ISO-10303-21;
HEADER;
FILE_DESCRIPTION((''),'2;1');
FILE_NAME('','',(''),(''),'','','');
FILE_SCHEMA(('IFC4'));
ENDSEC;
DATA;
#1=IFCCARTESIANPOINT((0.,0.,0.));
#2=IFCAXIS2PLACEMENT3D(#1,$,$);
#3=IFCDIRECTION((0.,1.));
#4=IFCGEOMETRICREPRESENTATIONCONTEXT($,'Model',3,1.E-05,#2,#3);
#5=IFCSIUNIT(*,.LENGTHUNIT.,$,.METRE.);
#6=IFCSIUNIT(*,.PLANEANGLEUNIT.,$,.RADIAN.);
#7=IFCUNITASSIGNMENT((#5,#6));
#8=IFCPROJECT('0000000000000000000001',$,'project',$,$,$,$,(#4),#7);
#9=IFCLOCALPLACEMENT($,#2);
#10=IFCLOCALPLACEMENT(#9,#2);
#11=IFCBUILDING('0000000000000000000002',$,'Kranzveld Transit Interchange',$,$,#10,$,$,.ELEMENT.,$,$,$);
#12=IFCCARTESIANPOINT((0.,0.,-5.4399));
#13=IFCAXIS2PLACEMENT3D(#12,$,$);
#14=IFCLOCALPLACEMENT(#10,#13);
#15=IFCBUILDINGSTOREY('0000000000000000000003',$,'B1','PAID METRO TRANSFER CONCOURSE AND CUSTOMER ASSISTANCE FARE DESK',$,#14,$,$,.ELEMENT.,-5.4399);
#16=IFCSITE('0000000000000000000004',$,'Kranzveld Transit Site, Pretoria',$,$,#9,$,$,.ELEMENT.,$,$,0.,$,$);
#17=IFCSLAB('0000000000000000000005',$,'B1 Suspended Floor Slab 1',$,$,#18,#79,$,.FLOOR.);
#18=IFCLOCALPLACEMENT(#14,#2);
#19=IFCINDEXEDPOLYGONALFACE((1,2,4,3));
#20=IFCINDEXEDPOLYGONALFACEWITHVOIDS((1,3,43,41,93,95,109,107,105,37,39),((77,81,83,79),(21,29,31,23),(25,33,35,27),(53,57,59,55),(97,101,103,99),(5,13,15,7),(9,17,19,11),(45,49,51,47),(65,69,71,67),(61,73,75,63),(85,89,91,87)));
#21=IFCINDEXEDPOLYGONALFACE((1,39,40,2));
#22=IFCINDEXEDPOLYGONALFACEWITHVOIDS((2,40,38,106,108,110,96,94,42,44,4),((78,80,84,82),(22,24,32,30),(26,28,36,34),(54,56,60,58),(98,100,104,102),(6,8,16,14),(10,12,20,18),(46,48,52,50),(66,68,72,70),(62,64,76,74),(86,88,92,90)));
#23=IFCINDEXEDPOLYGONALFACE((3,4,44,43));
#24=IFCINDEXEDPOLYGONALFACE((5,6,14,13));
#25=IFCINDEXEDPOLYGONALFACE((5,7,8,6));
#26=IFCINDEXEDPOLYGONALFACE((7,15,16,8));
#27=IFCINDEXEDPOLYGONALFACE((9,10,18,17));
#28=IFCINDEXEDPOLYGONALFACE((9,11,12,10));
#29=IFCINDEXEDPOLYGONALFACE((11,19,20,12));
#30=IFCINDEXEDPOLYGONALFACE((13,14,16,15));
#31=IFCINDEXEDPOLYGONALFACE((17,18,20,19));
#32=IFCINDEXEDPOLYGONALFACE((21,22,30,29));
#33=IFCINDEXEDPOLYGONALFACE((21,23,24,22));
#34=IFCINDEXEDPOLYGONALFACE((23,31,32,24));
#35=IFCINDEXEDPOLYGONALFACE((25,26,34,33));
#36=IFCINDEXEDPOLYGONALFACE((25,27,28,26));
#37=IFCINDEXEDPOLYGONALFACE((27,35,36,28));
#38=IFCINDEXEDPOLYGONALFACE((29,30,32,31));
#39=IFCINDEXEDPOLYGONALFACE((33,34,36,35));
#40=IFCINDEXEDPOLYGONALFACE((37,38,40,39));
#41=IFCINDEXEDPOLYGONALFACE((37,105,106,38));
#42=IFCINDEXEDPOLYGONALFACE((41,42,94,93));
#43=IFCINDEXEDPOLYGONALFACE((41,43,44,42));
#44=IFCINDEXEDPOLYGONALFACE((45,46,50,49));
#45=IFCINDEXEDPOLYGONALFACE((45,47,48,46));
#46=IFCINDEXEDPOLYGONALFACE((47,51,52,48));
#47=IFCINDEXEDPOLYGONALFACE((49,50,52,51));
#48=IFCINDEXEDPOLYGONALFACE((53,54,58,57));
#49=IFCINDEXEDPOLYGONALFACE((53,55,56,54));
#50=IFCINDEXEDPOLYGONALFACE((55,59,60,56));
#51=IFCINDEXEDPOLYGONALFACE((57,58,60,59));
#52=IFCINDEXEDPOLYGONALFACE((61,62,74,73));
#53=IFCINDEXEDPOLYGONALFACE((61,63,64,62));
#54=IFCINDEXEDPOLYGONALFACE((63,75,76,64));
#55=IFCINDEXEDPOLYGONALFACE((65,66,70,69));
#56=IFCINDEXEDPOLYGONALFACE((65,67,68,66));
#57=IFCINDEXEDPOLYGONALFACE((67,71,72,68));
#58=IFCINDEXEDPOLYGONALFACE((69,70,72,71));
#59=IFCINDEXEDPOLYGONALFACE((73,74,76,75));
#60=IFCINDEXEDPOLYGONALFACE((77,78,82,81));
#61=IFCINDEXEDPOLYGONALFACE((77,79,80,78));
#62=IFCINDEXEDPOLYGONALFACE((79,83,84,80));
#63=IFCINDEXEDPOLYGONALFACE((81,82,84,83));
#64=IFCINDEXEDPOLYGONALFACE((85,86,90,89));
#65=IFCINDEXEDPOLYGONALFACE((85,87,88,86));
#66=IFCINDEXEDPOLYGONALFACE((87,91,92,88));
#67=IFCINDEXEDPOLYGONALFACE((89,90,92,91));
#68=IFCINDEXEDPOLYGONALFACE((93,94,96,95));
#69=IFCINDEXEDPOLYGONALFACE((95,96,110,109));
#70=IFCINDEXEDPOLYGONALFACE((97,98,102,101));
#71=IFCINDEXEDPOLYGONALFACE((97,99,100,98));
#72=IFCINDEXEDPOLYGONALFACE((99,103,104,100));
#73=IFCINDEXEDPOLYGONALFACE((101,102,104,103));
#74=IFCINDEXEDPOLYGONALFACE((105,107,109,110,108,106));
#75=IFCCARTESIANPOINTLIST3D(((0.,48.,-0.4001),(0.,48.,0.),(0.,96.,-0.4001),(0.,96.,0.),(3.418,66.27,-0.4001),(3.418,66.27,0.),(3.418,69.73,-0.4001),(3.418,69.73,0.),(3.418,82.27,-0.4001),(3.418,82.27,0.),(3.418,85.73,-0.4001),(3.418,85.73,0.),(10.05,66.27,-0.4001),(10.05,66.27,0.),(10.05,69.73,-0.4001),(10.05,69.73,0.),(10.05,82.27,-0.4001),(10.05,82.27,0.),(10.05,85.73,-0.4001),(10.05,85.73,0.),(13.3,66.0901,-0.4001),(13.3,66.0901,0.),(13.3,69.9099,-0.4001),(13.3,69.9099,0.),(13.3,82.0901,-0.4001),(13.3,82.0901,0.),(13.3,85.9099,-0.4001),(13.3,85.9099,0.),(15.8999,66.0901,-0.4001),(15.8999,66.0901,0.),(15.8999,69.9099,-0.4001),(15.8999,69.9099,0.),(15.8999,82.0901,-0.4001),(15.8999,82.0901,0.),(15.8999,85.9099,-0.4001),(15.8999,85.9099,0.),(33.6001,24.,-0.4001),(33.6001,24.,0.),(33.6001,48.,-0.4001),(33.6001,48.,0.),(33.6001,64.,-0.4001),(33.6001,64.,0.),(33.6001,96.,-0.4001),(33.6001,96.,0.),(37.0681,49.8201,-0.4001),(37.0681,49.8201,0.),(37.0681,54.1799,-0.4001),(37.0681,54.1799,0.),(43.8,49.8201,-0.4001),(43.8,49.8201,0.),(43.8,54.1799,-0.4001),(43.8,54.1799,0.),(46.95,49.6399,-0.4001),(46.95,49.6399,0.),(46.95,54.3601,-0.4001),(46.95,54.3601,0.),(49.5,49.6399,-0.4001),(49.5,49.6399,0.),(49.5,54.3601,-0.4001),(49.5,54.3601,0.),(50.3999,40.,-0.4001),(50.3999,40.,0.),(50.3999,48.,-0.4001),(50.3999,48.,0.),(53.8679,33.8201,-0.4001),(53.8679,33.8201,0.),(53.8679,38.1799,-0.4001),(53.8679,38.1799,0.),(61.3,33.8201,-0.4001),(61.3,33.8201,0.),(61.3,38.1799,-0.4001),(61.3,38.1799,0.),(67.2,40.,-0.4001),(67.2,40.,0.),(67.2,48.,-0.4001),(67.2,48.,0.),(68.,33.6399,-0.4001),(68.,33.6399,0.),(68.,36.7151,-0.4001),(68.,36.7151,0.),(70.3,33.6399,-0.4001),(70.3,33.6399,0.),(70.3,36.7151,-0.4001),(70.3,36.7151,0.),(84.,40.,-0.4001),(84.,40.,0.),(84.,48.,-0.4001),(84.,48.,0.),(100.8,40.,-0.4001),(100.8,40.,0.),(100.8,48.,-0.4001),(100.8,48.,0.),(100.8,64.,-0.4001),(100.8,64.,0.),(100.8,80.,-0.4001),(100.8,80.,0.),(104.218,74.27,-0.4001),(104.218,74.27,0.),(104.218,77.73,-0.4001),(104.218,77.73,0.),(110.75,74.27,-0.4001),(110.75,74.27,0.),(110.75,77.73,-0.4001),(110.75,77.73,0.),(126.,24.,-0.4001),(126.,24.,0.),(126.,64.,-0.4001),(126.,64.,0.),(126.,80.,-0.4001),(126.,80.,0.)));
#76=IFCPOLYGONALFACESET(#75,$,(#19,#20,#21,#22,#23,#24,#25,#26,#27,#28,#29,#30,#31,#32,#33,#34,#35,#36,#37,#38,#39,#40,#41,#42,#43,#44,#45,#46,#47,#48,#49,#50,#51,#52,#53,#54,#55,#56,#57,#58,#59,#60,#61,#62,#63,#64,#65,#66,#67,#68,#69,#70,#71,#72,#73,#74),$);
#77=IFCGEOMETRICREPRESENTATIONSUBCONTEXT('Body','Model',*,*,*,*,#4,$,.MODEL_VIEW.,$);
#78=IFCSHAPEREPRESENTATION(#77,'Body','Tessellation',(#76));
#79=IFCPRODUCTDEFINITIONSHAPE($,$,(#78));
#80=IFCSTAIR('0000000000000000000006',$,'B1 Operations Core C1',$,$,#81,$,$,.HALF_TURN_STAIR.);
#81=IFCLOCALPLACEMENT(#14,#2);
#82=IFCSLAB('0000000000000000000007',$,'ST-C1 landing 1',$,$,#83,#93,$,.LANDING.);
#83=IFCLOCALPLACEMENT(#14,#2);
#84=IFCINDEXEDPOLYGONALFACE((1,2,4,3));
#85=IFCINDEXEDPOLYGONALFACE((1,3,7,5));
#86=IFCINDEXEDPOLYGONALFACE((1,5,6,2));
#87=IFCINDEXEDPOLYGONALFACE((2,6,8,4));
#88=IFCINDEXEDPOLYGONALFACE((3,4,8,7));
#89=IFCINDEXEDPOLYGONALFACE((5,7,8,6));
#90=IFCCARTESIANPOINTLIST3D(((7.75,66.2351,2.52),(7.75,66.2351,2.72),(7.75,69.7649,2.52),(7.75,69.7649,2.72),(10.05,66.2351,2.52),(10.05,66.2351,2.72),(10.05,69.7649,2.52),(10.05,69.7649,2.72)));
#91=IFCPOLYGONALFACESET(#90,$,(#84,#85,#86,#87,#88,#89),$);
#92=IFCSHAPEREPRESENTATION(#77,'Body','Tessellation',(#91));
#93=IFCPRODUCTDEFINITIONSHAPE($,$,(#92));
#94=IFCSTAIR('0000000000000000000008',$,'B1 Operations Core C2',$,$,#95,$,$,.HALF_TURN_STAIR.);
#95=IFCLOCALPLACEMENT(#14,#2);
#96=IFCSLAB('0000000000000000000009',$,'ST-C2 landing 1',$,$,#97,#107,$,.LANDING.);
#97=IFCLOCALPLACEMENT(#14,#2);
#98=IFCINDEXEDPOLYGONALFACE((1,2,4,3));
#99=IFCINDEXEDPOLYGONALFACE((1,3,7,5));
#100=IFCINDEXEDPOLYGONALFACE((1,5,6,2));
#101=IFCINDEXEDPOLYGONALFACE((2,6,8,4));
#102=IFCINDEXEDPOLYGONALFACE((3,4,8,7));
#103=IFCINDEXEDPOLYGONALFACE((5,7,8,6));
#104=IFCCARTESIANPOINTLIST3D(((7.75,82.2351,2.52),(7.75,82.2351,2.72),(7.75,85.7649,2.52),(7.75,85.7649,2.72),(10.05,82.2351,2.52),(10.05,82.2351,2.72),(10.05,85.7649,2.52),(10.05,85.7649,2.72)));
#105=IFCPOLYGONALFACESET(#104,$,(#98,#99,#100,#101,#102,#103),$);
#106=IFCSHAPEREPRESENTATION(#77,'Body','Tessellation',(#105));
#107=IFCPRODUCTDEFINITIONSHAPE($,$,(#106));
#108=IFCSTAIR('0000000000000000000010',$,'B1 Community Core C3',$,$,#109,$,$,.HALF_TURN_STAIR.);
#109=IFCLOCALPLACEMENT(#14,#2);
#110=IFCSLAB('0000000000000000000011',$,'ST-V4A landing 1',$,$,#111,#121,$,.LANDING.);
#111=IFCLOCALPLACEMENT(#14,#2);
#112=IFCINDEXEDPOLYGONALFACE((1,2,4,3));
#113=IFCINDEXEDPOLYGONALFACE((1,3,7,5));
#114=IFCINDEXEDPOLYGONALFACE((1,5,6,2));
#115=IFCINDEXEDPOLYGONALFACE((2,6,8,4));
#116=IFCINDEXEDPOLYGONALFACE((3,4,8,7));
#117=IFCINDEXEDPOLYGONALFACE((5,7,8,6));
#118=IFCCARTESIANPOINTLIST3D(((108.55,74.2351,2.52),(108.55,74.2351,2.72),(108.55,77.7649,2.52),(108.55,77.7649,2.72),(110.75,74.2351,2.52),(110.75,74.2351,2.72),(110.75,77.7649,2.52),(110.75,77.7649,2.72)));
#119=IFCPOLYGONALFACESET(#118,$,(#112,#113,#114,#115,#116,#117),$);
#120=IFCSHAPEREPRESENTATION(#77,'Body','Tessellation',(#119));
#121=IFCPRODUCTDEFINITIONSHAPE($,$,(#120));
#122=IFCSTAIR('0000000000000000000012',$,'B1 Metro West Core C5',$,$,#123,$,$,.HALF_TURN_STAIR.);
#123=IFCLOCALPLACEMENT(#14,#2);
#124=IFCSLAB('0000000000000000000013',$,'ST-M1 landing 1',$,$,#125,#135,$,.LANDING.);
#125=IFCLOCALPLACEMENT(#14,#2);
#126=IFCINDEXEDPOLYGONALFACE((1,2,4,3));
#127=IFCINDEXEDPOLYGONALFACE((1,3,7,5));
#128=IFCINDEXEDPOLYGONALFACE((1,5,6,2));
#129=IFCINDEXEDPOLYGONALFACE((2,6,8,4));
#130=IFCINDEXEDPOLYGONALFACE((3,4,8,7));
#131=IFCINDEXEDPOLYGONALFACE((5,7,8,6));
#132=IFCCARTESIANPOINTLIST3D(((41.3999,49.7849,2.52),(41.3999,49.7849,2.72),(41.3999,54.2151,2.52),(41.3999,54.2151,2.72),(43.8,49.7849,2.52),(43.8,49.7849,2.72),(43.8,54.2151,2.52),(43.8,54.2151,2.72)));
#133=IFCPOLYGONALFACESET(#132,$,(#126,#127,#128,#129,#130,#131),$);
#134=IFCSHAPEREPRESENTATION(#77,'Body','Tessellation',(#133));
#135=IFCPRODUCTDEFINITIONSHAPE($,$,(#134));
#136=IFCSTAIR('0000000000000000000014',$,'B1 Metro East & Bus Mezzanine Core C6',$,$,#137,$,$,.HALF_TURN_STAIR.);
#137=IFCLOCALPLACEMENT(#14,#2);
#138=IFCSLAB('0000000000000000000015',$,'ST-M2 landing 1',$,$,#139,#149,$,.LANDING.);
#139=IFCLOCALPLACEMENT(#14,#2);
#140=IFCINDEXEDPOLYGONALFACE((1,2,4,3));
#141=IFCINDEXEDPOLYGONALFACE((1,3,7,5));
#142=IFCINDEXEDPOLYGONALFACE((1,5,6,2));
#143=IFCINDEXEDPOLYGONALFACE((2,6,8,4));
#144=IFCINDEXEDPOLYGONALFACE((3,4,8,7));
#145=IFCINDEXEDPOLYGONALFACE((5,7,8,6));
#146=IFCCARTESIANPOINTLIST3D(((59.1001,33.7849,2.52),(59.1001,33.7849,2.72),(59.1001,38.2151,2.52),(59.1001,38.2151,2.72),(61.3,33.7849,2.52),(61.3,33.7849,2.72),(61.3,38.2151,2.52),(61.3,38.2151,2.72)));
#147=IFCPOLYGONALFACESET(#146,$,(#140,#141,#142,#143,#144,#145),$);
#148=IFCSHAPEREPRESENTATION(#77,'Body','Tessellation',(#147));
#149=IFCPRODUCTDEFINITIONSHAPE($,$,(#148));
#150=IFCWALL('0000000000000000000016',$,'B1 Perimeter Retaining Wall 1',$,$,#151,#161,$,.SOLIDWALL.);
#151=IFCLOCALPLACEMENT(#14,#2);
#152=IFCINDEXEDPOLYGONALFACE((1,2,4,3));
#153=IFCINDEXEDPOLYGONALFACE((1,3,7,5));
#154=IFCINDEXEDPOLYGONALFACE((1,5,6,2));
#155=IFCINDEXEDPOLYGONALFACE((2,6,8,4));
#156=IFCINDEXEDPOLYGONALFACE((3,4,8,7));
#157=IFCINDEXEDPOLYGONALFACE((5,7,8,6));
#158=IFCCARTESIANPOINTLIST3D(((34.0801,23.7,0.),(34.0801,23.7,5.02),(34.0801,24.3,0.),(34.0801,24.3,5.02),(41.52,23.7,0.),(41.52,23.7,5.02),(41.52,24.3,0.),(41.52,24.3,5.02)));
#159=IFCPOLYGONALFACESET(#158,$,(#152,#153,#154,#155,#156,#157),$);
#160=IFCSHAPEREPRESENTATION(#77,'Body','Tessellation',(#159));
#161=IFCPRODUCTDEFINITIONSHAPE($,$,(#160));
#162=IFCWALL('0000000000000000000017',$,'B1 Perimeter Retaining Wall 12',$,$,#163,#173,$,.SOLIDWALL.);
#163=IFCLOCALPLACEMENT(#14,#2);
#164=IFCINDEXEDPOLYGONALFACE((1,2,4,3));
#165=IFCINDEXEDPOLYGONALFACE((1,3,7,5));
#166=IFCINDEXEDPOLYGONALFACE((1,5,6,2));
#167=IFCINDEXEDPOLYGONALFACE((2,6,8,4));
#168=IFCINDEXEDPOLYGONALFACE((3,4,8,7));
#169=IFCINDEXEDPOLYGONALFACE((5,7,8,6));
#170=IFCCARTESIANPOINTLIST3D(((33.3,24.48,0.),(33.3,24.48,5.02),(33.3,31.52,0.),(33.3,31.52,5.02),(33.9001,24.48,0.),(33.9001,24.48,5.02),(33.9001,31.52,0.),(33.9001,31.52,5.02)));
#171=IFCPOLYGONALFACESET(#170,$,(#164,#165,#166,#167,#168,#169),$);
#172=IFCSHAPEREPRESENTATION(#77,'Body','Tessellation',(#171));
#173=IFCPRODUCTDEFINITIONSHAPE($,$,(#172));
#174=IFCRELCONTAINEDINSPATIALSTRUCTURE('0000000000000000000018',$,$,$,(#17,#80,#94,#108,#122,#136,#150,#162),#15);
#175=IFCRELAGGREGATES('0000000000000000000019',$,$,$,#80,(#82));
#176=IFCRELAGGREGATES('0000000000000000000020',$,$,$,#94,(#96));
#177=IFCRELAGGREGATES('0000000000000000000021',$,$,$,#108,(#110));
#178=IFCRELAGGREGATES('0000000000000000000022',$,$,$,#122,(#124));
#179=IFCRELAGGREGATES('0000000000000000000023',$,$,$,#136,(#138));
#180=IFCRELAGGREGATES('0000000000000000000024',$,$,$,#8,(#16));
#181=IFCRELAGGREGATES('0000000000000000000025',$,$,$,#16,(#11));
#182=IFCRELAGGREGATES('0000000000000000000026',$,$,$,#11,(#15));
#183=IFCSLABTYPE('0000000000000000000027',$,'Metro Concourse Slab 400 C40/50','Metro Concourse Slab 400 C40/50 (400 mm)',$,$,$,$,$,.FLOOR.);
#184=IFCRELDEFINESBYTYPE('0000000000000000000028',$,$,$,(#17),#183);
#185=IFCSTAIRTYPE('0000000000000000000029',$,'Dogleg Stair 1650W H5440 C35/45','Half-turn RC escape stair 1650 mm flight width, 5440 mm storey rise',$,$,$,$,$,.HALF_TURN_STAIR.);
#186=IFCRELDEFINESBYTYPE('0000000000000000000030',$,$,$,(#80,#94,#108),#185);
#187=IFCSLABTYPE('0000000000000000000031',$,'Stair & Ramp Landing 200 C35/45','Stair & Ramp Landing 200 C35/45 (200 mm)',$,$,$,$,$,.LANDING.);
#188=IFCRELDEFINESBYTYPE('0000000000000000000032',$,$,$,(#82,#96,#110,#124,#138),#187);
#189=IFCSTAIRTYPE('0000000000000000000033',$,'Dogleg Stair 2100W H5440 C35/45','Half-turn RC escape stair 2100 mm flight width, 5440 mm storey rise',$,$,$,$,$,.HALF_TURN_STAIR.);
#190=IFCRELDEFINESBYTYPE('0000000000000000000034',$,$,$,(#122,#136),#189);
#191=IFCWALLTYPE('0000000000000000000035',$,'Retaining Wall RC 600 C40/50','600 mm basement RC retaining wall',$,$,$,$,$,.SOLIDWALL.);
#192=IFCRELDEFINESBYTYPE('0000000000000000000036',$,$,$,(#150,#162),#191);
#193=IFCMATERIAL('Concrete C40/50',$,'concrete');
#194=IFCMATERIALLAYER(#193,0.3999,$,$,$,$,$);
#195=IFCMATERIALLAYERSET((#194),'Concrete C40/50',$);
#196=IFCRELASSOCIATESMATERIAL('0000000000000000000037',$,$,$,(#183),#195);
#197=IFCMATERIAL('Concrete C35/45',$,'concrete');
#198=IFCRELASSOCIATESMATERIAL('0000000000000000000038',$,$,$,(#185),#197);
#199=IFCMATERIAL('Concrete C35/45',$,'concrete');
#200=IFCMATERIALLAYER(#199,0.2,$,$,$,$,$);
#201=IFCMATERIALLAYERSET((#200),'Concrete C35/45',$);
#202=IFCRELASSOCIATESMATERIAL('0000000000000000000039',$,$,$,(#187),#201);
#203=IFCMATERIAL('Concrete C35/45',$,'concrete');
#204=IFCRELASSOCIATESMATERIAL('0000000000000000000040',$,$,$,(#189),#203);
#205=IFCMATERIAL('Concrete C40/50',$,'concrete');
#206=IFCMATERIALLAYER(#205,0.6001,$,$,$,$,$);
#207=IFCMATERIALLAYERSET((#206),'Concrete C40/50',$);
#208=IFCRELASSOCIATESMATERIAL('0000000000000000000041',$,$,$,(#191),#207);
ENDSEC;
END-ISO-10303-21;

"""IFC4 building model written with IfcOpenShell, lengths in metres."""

from ifc_helpers import new_model, si_unit, direction, frame, frame_2d, origin, place, context, subcontext, project, spatial, polyline, rectangle, outline, extrude, material, layer, layer_set, type_object, element, aggregate, save


model = new_model("IFC4")

# Units and contexts
model_context = context("Model", 3, precision=1e-05, world=origin(), true_north=direction((0.0, 1.0)))
body_context = subcontext(model_context, "Body", "Model", "MODEL_VIEW")
ifc_project = project(units=[si_unit("LENGTHUNIT", "METRE"), si_unit("PLANEANGLEUNIT", "RADIAN")], contexts=[model_context])

# Site, building, storey
site_placement = place(None, origin())
site = spatial("IfcSite", under=ifc_project, at=site_placement, Name="Kranzveld Transit Site, Pretoria", CompositionType="ELEMENT", RefElevation=0.0)
building_placement = place(site_placement, origin())
building = spatial("IfcBuilding", under=site, at=building_placement, Name="Kranzveld Transit Interchange", CompositionType="ELEMENT")
storey_placement = place(building_placement, frame((0.0, 0.0, -5.4399)))
storey = spatial("IfcBuildingStorey", under=building, at=storey_placement, Name="B1", Description="PAID METRO TRANSFER CONCOURSE AND CUSTOMER ASSISTANCE FARE DESK", CompositionType="ELEMENT", Elevation=-5.4399)

# Slab
ifc_material_1 = material(Name="Concrete C40/50", Category="concrete")
ifc_layer_1 = layer(ifc_material_1, 0.3999)
ifc_layer_set_1 = layer_set([ifc_layer_1], Name="Concrete C40/50")
slab_type_1 = type_object("IfcSlabType", Name="Metro Concourse Slab 400 C40/50", Description="Metro Concourse Slab 400 C40/50 (400 mm)", PredefinedType="FLOOR", material=ifc_layer_set_1)
slab_1_placement = place(storey_placement, frame((0.0, 0.0, -0.4001)))
element("IfcSlab", 1, at=slab_1_placement, inside=storey, type_object=slab_type_1, Name="B1 Suspended Floor Slab 1", PredefinedType="FLOOR", context=body_context, shape_type="SweptSolid", body=[
    extrude(outline(polyline([(33.6001, 24.0), (33.6001, 48.0), (0.0, 48.0), (0.0, 96.0), (33.6001, 96.0), (33.6001, 64.0), (100.8, 64.0), (100.8, 80.0), (126.0, 80.0), (126.0, 64.0), (126.0, 24.0), (33.6001, 24.0)]), holes=[polyline([(43.8, 54.1799), (37.0681, 54.1799), (37.0681, 49.8201), (43.8, 49.8201), (43.8, 54.1799)]), polyline([(46.95, 54.3601), (46.95, 49.6399), (49.5, 49.6399), (49.5, 54.3601), (46.95, 54.3601)]), polyline([(10.05, 69.73), (3.418, 69.73), (3.418, 66.27), (10.05, 66.27), (10.05, 69.73)]), polyline([(15.8999, 69.9099), (13.3, 69.9099), (13.3, 66.0901), (15.8999, 66.0901), (15.8999, 69.9099)]), polyline([(10.05, 82.27), (10.05, 85.73), (3.418, 85.73), (3.418, 82.27), (10.05, 82.27)]), polyline([(13.3, 85.9099), (13.3, 82.0901), (15.8999, 82.0901), (15.8999, 85.9099), (13.3, 85.9099)]), polyline([(70.3, 36.7151), (68.0, 36.7151), (68.0, 33.6399), (70.3, 33.6399), (70.3, 36.7151)]), polyline([(61.3, 33.8201), (61.3, 38.1799), (53.8679, 38.1799), (53.8679, 33.8201), (61.3, 33.8201)]), polyline([(50.3999, 48.0), (50.3999, 40.0), (67.2, 40.0), (67.2, 48.0), (50.3999, 48.0)]), polyline([(100.8, 48.0), (84.0, 48.0), (84.0, 40.0), (100.8, 40.0), (100.8, 48.0)]), polyline([(110.75, 74.27), (110.75, 77.73), (104.218, 77.73), (104.218, 74.27), (110.75, 74.27)])]), origin(), (0.0, 0.0, 1.0), 0.4001),
])

# Stairs, slabs
ifc_material_2 = material(Name="Concrete C35/45", Category="concrete")
stair_type_1 = type_object("IfcStairType", Name="Dogleg Stair 1650W H5440 C35/45", Description="Half-turn RC escape stair 1650 mm flight width, 5440 mm storey rise", PredefinedType="HALF_TURN_STAIR", material=ifc_material_2)
stair_1_placement = place(storey_placement, origin())
stair_1 = element("IfcStair", 2, at=stair_1_placement, inside=storey, type_object=stair_type_1, Name="B1 Operations Core C1", PredefinedType="HALF_TURN_STAIR")
ifc_material_3 = material(Name="Concrete C35/45", Category="concrete")
ifc_layer_2 = layer(ifc_material_3, 0.2)
ifc_layer_set_2 = layer_set([ifc_layer_2], Name="Concrete C35/45")
slab_type_2 = type_object("IfcSlabType", Name="Stair & Ramp Landing 200 C35/45", Description="Stair & Ramp Landing 200 C35/45 (200 mm)", PredefinedType="LANDING", material=ifc_layer_set_2)
slab_2_placement = place(storey_placement, frame((0.0, 0.0, 2.52)))
slab_2 = element("IfcSlab", 3, at=slab_2_placement, type_object=slab_type_2, Name="ST-C1 landing 1", PredefinedType="LANDING", context=body_context, shape_type="SweptSolid", body=[
    extrude(outline(polyline([(7.75, 66.2351), (10.05, 66.2351), (10.05, 69.7649), (7.75, 69.7649), (7.75, 66.2351)])), origin(), (0.0, 0.0, 1.0), 0.2),
])
aggregate(stair_1, [slab_2])
stair_2_placement = place(storey_placement, origin())
stair_2 = element("IfcStair", 4, at=stair_2_placement, inside=storey, type_object=stair_type_1, Name="B1 Operations Core C2", PredefinedType="HALF_TURN_STAIR")
slab_3_placement = place(storey_placement, frame((0.0, 0.0, 2.52)))
slab_3 = element("IfcSlab", 5, at=slab_3_placement, type_object=slab_type_2, Name="ST-C2 landing 1", PredefinedType="LANDING", context=body_context, shape_type="SweptSolid", body=[
    extrude(outline(polyline([(7.75, 82.2351), (10.05, 82.2351), (10.05, 85.7649), (7.75, 85.7649), (7.75, 82.2351)])), origin(), (0.0, 0.0, 1.0), 0.2),
])
aggregate(stair_2, [slab_3])
stair_3_placement = place(storey_placement, origin())
stair_3 = element("IfcStair", 6, at=stair_3_placement, inside=storey, type_object=stair_type_1, Name="B1 Community Core C3", PredefinedType="HALF_TURN_STAIR")
slab_4_placement = place(storey_placement, frame((0.0, 0.0, 2.52)))
slab_4 = element("IfcSlab", 7, at=slab_4_placement, type_object=slab_type_2, Name="ST-V4A landing 1", PredefinedType="LANDING", context=body_context, shape_type="SweptSolid", body=[
    extrude(outline(polyline([(108.55, 74.2351), (110.75, 74.2351), (110.75, 77.7649), (108.55, 77.7649), (108.55, 74.2351)])), origin(), (0.0, 0.0, 1.0), 0.2),
])
aggregate(stair_3, [slab_4])
ifc_material_4 = material(Name="Concrete C35/45", Category="concrete")
stair_type_2 = type_object("IfcStairType", Name="Dogleg Stair 2100W H5440 C35/45", Description="Half-turn RC escape stair 2100 mm flight width, 5440 mm storey rise", PredefinedType="HALF_TURN_STAIR", material=ifc_material_4)
stair_4_placement = place(storey_placement, origin())
stair_4 = element("IfcStair", 8, at=stair_4_placement, inside=storey, type_object=stair_type_2, Name="B1 Metro West Core C5", PredefinedType="HALF_TURN_STAIR")
slab_5_placement = place(storey_placement, frame((0.0, 0.0, 2.52)))
slab_5 = element("IfcSlab", 9, at=slab_5_placement, type_object=slab_type_2, Name="ST-M1 landing 1", PredefinedType="LANDING", context=body_context, shape_type="SweptSolid", body=[
    extrude(outline(polyline([(41.3999, 49.7849), (43.8, 49.7849), (43.8, 54.2151), (41.3999, 54.2151), (41.3999, 49.7849)])), origin(), (0.0, 0.0, 1.0), 0.2),
])
aggregate(stair_4, [slab_5])
stair_5_placement = place(storey_placement, origin())
stair_5 = element("IfcStair", 10, at=stair_5_placement, inside=storey, type_object=stair_type_2, Name="B1 Metro East & Bus Mezzanine Core C6", PredefinedType="HALF_TURN_STAIR")
slab_6_placement = place(storey_placement, frame((0.0, 0.0, 2.52)))
slab_6 = element("IfcSlab", 11, at=slab_6_placement, type_object=slab_type_2, Name="ST-M2 landing 1", PredefinedType="LANDING", context=body_context, shape_type="SweptSolid", body=[
    extrude(outline(polyline([(59.1001, 33.7849), (61.3, 33.7849), (61.3, 38.2151), (59.1001, 38.2151), (59.1001, 33.7849)])), origin(), (0.0, 0.0, 1.0), 0.2),
])
aggregate(stair_5, [slab_6])

# Walls
ifc_material_5 = material(Name="Concrete C40/50", Category="concrete")
ifc_layer_3 = layer(ifc_material_5, 0.6001)
ifc_layer_set_3 = layer_set([ifc_layer_3], Name="Concrete C40/50")
wall_type = type_object("IfcWallType", Name="Retaining Wall RC 600 C40/50", Description="600 mm basement RC retaining wall", PredefinedType="SOLIDWALL", material=ifc_layer_set_3)
wall_1_placement = place(storey_placement, frame((34.0801, 24.0, 0.0), z_axis=(0.0, 0.0, 1.0), x_axis=(1.0, 0.0, 0.0)))
element("IfcWall", 12, at=wall_1_placement, inside=storey, type_object=wall_type, Name="B1 Perimeter Retaining Wall 1", PredefinedType="SOLIDWALL", context=body_context, shape_type="SweptSolid", body=[
    extrude(rectangle(XDim=7.4399, YDim=0.6001, at=frame_2d((3.72, 0.0))), origin(), (0.0, 0.0, 1.0), 5.02),
])
wall_2_placement = place(storey_placement, frame((33.6001, 24.48, 0.0), z_axis=(0.0, 0.0, 1.0), x_axis=(0.0, 1.0, 0.0)))
element("IfcWall", 13, at=wall_2_placement, inside=storey, type_object=wall_type, Name="B1 Perimeter Retaining Wall 12", PredefinedType="SOLIDWALL", context=body_context, shape_type="SweptSolid", body=[
    extrude(rectangle(XDim=7.04, YDim=0.6001, at=frame_2d((3.52, 0.0))), origin(), (0.0, 0.0, 1.0), 5.02),
])

save(model, "model.ifc")
